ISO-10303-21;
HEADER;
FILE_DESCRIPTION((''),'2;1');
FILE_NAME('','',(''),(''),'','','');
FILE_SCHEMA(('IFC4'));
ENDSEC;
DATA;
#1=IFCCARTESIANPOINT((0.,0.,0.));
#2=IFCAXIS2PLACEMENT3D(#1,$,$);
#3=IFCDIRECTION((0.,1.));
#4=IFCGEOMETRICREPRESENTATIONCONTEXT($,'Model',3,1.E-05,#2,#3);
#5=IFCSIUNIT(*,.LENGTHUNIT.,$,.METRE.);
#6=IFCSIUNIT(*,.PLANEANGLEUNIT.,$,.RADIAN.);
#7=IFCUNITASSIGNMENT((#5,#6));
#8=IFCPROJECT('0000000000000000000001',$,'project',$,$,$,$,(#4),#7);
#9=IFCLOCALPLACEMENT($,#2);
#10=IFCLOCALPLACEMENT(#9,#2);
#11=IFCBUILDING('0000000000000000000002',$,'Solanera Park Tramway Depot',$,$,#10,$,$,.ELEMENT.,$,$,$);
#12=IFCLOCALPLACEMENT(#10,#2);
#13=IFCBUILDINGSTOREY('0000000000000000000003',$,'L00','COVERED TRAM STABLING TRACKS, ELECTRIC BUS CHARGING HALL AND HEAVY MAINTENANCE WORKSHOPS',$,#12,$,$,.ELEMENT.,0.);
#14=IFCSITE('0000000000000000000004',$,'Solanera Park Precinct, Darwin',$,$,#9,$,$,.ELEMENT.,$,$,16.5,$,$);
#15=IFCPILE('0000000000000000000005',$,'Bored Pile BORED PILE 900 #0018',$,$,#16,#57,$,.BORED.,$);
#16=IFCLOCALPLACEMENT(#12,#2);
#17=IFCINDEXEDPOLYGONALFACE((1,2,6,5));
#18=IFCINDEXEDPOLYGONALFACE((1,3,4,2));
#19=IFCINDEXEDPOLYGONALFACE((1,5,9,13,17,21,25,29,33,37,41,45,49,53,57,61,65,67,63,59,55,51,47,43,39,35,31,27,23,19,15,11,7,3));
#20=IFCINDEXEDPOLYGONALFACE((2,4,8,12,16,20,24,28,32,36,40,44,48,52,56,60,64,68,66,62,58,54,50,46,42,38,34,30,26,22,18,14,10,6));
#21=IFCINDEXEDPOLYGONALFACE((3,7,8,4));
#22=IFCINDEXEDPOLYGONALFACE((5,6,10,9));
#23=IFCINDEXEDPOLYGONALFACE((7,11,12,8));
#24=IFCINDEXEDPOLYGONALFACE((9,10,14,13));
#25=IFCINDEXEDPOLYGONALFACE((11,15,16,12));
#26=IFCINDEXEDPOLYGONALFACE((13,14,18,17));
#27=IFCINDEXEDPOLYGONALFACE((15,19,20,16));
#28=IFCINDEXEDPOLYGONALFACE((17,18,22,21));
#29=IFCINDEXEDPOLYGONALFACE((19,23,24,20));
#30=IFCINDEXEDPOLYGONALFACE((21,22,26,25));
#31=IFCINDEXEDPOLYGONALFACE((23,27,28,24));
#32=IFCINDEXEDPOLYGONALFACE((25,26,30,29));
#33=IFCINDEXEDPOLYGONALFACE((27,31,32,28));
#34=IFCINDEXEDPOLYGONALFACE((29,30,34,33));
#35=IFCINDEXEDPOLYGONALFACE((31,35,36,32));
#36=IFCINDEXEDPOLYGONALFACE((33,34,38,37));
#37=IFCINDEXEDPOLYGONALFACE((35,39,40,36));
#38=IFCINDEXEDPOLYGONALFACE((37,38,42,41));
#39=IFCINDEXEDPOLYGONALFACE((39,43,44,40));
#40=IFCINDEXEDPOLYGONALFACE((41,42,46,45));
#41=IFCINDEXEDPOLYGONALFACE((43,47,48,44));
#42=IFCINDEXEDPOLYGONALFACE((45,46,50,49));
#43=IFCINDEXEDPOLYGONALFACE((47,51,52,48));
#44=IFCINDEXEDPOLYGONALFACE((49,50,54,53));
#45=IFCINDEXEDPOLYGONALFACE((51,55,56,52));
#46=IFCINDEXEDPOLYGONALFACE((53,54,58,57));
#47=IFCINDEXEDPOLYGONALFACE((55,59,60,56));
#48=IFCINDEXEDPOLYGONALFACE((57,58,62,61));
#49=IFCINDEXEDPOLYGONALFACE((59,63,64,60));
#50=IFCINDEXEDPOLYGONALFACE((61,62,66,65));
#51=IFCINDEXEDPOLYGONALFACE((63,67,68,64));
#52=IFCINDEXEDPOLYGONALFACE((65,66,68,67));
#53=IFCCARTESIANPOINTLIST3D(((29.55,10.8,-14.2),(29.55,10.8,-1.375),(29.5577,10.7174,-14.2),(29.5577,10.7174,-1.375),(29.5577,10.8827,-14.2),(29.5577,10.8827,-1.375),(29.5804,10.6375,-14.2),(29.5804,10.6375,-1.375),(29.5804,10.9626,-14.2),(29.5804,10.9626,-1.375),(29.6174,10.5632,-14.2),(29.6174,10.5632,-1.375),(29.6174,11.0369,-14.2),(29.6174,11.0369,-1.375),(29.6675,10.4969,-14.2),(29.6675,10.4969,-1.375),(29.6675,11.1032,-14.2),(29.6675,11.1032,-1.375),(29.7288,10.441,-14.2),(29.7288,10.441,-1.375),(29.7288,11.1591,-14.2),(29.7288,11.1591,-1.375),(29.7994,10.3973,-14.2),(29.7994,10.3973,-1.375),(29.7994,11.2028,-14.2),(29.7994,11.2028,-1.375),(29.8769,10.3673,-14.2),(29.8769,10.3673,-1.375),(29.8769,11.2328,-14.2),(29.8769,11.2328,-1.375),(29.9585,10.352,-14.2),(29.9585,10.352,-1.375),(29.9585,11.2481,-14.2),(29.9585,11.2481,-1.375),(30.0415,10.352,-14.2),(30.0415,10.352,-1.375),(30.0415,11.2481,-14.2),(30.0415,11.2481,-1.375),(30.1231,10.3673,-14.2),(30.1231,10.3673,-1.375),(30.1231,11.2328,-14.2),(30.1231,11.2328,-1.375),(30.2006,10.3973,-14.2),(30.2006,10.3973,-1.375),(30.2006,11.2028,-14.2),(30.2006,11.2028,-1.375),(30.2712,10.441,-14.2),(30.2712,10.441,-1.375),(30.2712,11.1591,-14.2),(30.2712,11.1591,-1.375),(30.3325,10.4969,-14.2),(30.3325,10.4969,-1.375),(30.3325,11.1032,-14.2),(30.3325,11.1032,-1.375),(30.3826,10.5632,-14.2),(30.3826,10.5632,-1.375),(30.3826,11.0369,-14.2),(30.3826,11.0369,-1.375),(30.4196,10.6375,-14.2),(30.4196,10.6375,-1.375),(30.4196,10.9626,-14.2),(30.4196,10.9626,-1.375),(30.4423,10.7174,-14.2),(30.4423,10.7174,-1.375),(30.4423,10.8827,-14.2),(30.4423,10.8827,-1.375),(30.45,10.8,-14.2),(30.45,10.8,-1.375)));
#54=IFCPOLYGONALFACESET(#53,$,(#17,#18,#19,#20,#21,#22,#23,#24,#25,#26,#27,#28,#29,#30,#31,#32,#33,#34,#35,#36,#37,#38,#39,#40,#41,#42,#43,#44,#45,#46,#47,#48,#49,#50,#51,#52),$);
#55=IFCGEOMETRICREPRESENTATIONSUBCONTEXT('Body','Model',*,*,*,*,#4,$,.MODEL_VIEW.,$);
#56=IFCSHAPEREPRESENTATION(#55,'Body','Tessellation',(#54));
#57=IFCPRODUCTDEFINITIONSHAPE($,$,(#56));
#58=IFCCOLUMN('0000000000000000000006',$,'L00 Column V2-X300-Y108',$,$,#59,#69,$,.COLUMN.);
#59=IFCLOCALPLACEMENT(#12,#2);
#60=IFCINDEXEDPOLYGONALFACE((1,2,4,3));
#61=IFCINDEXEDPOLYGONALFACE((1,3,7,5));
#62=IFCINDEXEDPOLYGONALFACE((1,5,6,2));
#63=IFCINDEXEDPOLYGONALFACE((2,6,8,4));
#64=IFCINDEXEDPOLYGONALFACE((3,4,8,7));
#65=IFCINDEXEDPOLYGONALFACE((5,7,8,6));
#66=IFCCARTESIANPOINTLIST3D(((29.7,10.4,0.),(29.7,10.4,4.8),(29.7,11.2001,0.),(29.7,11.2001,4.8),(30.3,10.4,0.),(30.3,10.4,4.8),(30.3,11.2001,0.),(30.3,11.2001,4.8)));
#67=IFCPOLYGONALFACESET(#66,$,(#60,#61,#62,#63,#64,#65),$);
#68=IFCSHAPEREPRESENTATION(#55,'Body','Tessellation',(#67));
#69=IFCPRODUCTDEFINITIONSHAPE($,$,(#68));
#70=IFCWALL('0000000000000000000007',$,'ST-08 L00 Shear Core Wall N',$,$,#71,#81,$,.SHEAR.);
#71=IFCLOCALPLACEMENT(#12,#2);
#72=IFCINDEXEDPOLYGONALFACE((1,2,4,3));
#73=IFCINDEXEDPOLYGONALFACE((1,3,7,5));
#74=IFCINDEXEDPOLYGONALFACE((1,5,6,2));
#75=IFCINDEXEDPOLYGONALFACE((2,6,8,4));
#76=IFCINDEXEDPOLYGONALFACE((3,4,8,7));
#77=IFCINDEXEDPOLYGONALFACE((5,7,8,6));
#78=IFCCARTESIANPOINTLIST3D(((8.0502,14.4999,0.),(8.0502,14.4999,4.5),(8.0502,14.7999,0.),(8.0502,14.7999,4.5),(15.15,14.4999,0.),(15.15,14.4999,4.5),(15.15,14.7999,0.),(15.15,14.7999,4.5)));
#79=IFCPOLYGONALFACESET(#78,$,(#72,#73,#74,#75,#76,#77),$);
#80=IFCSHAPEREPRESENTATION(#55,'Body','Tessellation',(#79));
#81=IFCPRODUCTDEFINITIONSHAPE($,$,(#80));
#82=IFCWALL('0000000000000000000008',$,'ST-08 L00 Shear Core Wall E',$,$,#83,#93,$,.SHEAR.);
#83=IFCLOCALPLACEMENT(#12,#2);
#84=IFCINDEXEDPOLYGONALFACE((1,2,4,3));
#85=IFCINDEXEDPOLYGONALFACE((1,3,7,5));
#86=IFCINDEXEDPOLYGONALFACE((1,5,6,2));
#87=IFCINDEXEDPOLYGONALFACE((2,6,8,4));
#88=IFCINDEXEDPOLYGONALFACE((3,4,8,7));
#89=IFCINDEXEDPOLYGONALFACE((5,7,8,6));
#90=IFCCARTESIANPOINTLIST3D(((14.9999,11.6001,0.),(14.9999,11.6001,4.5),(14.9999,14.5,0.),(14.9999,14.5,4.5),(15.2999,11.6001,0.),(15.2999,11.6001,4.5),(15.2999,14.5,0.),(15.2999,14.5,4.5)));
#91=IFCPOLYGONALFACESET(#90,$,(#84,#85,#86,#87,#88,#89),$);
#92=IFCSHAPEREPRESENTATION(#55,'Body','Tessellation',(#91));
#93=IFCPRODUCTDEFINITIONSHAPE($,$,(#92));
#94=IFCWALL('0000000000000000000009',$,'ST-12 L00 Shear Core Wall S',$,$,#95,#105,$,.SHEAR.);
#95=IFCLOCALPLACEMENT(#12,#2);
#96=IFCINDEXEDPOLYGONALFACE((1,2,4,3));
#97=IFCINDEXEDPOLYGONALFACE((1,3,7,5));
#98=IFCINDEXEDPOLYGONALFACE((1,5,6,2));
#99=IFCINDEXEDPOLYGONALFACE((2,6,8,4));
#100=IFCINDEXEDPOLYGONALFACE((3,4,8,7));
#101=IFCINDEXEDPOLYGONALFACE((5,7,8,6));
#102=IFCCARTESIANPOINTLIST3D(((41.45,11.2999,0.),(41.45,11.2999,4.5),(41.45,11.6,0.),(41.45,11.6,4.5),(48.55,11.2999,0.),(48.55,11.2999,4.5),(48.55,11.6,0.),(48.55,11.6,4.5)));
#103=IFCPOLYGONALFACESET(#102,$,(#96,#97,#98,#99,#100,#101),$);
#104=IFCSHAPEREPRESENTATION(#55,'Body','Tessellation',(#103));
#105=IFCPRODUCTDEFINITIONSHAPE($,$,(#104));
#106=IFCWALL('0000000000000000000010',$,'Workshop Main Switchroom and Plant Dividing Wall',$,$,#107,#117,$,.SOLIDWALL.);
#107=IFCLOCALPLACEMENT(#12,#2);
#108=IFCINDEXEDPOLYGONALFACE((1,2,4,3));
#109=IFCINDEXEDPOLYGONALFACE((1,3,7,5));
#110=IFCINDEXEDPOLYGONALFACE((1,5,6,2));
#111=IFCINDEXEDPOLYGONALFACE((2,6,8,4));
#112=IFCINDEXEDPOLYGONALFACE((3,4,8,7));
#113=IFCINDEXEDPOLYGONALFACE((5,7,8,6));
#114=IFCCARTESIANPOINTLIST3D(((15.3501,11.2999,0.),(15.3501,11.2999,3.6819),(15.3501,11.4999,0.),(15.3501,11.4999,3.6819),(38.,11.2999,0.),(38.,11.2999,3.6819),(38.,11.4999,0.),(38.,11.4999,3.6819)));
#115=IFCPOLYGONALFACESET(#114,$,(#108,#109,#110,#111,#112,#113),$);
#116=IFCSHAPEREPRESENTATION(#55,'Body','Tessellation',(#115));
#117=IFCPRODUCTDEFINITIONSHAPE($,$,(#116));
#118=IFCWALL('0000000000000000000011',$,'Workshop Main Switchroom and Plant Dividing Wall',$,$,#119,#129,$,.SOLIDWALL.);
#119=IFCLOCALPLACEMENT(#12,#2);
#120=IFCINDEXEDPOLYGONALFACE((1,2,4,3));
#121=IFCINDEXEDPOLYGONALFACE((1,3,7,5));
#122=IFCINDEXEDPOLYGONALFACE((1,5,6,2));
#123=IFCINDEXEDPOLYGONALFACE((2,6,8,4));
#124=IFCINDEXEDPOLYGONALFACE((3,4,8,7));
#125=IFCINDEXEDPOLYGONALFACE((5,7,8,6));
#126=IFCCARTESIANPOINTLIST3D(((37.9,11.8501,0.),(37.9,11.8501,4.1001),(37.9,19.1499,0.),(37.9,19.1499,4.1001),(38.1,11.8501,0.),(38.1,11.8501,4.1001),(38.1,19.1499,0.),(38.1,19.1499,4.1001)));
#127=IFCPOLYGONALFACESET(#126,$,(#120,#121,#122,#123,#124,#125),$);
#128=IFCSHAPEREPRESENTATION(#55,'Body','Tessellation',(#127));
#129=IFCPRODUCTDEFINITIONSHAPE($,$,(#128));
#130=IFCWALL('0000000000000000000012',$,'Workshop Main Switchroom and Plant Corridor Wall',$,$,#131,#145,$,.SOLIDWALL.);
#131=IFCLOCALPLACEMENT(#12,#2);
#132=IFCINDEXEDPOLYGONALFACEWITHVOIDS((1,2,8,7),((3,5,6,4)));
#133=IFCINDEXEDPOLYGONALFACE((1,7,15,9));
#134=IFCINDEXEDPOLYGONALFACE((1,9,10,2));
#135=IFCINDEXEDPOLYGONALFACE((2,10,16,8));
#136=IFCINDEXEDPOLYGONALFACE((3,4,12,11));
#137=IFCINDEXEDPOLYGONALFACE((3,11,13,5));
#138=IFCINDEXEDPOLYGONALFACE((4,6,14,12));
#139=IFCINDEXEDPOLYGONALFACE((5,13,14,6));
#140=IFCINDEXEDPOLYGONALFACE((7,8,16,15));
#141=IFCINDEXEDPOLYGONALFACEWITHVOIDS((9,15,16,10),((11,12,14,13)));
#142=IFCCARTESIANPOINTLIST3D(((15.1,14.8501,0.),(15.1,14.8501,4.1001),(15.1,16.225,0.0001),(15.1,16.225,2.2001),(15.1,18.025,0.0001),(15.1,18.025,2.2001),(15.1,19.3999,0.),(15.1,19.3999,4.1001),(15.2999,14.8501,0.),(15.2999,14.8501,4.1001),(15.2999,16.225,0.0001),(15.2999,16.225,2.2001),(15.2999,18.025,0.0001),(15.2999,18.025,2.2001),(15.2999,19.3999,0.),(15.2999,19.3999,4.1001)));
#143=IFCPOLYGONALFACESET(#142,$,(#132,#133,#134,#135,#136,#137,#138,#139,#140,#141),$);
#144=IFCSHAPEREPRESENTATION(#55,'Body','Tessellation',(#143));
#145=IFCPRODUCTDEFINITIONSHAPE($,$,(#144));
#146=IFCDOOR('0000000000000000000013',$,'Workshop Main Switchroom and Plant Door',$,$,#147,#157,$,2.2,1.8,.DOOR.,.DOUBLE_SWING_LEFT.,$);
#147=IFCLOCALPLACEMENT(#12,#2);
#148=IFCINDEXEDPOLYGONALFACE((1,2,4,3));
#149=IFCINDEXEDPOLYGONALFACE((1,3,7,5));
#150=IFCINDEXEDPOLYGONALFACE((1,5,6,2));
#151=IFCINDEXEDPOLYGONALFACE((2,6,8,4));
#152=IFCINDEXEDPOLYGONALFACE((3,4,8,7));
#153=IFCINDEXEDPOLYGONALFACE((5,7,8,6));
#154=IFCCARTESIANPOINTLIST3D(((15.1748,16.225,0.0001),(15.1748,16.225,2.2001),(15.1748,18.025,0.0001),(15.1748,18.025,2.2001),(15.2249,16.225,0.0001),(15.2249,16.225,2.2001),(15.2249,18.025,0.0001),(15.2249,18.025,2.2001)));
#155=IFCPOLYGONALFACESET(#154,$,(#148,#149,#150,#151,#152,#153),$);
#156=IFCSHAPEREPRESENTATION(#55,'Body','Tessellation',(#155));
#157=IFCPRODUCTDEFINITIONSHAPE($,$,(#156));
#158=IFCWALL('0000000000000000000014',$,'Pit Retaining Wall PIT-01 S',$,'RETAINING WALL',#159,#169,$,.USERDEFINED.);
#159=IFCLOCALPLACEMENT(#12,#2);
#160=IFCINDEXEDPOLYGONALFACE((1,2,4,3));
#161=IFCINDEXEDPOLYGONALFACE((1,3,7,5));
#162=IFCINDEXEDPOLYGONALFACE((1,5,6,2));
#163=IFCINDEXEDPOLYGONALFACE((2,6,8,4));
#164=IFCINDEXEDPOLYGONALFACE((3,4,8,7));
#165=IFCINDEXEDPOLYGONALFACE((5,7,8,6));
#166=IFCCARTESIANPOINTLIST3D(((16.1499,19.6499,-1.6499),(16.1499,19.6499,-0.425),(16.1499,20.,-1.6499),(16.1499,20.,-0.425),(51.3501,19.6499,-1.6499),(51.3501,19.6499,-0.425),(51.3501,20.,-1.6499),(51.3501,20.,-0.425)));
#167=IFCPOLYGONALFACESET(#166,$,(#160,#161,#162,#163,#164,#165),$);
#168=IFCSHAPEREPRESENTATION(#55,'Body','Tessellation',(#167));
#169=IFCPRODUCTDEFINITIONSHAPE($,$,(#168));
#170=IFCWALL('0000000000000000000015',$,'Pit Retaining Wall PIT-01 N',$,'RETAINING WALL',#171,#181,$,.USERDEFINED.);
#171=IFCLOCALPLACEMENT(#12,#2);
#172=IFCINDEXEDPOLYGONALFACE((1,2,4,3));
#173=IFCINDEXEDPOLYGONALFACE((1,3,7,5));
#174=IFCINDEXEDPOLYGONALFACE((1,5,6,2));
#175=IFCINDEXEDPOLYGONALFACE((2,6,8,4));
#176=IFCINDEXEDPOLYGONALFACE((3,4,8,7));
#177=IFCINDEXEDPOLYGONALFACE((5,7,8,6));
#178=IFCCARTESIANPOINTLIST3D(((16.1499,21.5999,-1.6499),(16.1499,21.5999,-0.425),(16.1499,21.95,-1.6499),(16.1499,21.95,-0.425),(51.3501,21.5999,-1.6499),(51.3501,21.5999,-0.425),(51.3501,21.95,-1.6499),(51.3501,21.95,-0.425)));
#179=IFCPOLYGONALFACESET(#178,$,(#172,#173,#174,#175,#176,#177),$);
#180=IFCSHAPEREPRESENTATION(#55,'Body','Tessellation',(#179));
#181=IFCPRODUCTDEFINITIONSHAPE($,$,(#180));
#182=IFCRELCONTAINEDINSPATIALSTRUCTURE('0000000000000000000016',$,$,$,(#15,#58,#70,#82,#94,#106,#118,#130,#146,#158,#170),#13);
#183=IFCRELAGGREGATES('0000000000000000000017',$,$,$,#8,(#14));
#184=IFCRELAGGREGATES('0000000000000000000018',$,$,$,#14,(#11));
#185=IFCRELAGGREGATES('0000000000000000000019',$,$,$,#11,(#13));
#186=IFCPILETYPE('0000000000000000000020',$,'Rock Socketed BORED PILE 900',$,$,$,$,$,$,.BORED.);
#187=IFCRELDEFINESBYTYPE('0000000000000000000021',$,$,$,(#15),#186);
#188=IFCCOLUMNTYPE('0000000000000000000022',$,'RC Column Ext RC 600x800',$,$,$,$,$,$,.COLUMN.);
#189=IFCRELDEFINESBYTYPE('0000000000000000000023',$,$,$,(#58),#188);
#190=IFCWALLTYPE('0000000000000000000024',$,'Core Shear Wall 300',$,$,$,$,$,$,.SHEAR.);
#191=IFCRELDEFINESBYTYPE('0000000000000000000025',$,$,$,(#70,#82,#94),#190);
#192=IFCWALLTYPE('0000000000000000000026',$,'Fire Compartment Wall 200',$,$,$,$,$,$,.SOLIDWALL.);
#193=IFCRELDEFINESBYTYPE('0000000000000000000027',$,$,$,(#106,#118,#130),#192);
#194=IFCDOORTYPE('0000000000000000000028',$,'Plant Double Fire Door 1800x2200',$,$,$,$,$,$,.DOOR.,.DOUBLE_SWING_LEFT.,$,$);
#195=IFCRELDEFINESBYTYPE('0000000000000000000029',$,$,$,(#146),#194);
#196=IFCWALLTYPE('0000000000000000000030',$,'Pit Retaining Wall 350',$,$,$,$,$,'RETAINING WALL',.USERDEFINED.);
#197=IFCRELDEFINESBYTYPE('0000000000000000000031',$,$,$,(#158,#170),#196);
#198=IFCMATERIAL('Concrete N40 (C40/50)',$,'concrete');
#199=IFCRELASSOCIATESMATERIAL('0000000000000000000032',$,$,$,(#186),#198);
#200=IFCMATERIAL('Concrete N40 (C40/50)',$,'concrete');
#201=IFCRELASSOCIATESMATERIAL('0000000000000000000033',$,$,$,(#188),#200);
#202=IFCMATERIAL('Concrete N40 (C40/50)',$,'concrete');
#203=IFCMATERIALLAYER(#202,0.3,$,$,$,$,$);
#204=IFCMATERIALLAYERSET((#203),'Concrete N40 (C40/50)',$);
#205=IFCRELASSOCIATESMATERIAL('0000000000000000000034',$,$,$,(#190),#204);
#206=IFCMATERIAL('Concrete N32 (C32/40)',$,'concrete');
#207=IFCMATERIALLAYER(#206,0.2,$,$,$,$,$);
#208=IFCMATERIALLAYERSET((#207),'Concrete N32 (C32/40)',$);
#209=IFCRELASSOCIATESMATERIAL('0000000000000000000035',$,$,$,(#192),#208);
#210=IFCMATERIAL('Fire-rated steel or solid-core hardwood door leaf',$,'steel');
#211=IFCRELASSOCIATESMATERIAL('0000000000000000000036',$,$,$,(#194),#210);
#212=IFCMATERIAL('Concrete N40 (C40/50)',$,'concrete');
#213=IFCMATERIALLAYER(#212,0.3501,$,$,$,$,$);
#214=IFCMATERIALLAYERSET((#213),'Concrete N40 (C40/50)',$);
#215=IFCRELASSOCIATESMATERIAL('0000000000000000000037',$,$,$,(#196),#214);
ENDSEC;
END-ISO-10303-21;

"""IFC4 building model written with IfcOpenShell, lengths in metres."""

from ifc_helpers import new_model, si_unit, direction, frame, frame_2d, origin, origin_2d, place, context, subcontext, project, spatial, rectangle, circle, extrude, material, layer, layer_set, material_profile, profile_set, type_object, element, fill, save


model = new_model("IFC4")

# Units and contexts
model_context = context("Model", 3, precision=1e-05, world=origin(), true_north=direction((0.0, 1.0)))
body_context = subcontext(model_context, "Body", "Model", "MODEL_VIEW")
ifc_project = project(units=[si_unit("LENGTHUNIT", "METRE"), si_unit("PLANEANGLEUNIT", "RADIAN")], contexts=[model_context])

# Site, building, storey
site_placement = place(None, origin())
site = spatial("IfcSite", under=ifc_project, at=site_placement, Name="Solanera Park Precinct, Darwin", CompositionType="ELEMENT", RefElevation=16.5)
building_placement = place(site_placement, origin())
building = spatial("IfcBuilding", under=site, at=building_placement, Name="Solanera Park Tramway Depot", CompositionType="ELEMENT")
storey_placement = place(building_placement, origin())
storey = spatial("IfcBuildingStorey", under=building, at=storey_placement, Name="L00", Description="COVERED TRAM STABLING TRACKS, ELECTRIC BUS CHARGING HALL AND HEAVY MAINTENANCE WORKSHOPS", CompositionType="ELEMENT", Elevation=0.0)

# Pile
ifc_material_1 = material(Name="Concrete N40 (C40/50)", Category="concrete")
ifc_material_profile_1 = material_profile(ifc_material_1, circle(Radius=0.45, at=origin_2d()), Name="BORED PILE 900")
ifc_profile_set_1 = profile_set([ifc_material_profile_1], Name="Concrete N40 (C40/50)")
pile_type_1 = type_object("IfcPileType", Name="Rock Socketed BORED PILE 900", PredefinedType="BORED", material=ifc_profile_set_1)
pile_placement = place(storey_placement, frame((30.0, 10.8, -1.375), z_axis=(0.0, 0.0, -1.0), x_axis=(1.0, 0.0, 0.0)))
element("IfcPile", 1, at=pile_placement, inside=storey, type_object=pile_type_1, Name="Bored Pile BORED PILE 900 #0018", PredefinedType="BORED", context=body_context, shape_type="SweptSolid", body=[
    extrude(circle(Radius=0.45, at=origin_2d()), origin(), (0.0, 0.0, 1.0), 12.825),
])

# Column
ifc_material_2 = material(Name="Concrete N40 (C40/50)", Category="concrete")
ifc_material_profile_2 = material_profile(ifc_material_2, rectangle(XDim=0.6001, YDim=0.8, at=origin_2d()), Name="RC 600x800")
ifc_profile_set_2 = profile_set([ifc_material_profile_2], Name="Concrete N40 (C40/50)")
column_type = type_object("IfcColumnType", Name="RC Column Ext RC 600x800", PredefinedType="COLUMN", material=ifc_profile_set_2)
column_placement = place(storey_placement, frame((30.0, 10.8, 0.0), z_axis=(0.0, 0.0, 1.0), x_axis=(1.0, 0.0, 0.0)))
element("IfcColumn", 2, at=column_placement, inside=storey, type_object=column_type, Name="L00 Column V2-X300-Y108", PredefinedType="COLUMN", context=body_context, shape_type="SweptSolid", body=[
    extrude(rectangle(XDim=0.6001, YDim=0.8, at=origin_2d()), origin(), (0.0, 0.0, 1.0), 4.8),
])

# Walls
ifc_material_3 = material(Name="Concrete N40 (C40/50)", Category="concrete")
ifc_layer_1 = layer(ifc_material_3, 0.3)
ifc_layer_set_1 = layer_set([ifc_layer_1], Name="Concrete N40 (C40/50)")
wall_type_1 = type_object("IfcWallType", Name="Core Shear Wall 300", PredefinedType="SHEAR", material=ifc_layer_set_1)
wall_1_placement = place(storey_placement, frame((15.1499, 14.6499, 0.0), z_axis=(0.0, 0.0, 1.0), x_axis=(-1.0, 0.0, 0.0)))
element("IfcWall", 3, at=wall_1_placement, inside=storey, type_object=wall_type_1, Name="ST-08 L00 Shear Core Wall N", PredefinedType="SHEAR", context=body_context, shape_type="SweptSolid", body=[
    extrude(rectangle(XDim=7.0999, YDim=0.3, at=frame_2d((3.5498, 0.0))), origin(), (0.0, 0.0, 1.0), 4.5),
])
wall_2_placement = place(storey_placement, frame((15.1499, 11.6001, 0.0), z_axis=(0.0, 0.0, 1.0), x_axis=(0.0, 1.0, 0.0)))
element("IfcWall", 4, at=wall_2_placement, inside=storey, type_object=wall_type_1, Name="ST-08 L00 Shear Core Wall E", PredefinedType="SHEAR", context=body_context, shape_type="SweptSolid", body=[
    extrude(rectangle(XDim=2.8999, YDim=0.3, at=frame_2d((1.45, 0.0))), origin(), (0.0, 0.0, 1.0), 4.5),
])
wall_3_placement = place(storey_placement, frame((41.45, 11.45, 0.0), z_axis=(0.0, 0.0, 1.0), x_axis=(1.0, 0.0, 0.0)))
element("IfcWall", 5, at=wall_3_placement, inside=storey, type_object=wall_type_1, Name="ST-12 L00 Shear Core Wall S", PredefinedType="SHEAR", context=body_context, shape_type="SweptSolid", body=[
    extrude(rectangle(XDim=7.1001, YDim=0.3, at=frame_2d((3.55, 0.0))), origin(), (0.0, 0.0, 1.0), 4.5),
])

# Walls
ifc_material_4 = material(Name="Concrete N32 (C32/40)", Category="concrete")
ifc_layer_2 = layer(ifc_material_4, 0.2)
ifc_layer_set_2 = layer_set([ifc_layer_2], Name="Concrete N32 (C32/40)")
wall_type_2 = type_object("IfcWallType", Name="Fire Compartment Wall 200", PredefinedType="SOLIDWALL", material=ifc_layer_set_2)
wall_4_placement = place(storey_placement, frame((38.0, 11.3999, 0.0), z_axis=(0.0, 0.0, 1.0), x_axis=(-1.0, 0.0, 0.0)))
element("IfcWall", 6, at=wall_4_placement, inside=storey, type_object=wall_type_2, Name="Workshop Main Switchroom and Plant Dividing Wall", PredefinedType="SOLIDWALL", context=body_context, shape_type="SweptSolid", body=[
    extrude(rectangle(XDim=22.6499, YDim=0.2, at=frame_2d((11.325, 0.0))), origin(), (0.0, 0.0, 1.0), 3.6819),
])
wall_5_placement = place(storey_placement, frame((38.0, 11.8501, 0.0), z_axis=(0.0, 0.0, 1.0), x_axis=(0.0, 1.0, 0.0)))
element("IfcWall", 7, at=wall_5_placement, inside=storey, type_object=wall_type_2, Name="Workshop Main Switchroom and Plant Dividing Wall", PredefinedType="SOLIDWALL", context=body_context, shape_type="SweptSolid", body=[
    extrude(rectangle(XDim=7.2998, YDim=0.2, at=frame_2d((3.6499, 0.0))), origin(), (0.0, 0.0, 1.0), 4.1001),
])

# Wall, opening, door
wall_6_placement = place(storey_placement, frame((15.2, 19.3999, 0.0), z_axis=(0.0, 0.0, 1.0), x_axis=(0.0, -1.0, 0.0)))
wall_6 = element("IfcWall", 8, at=wall_6_placement, inside=storey, type_object=wall_type_2, Name="Workshop Main Switchroom and Plant Corridor Wall", PredefinedType="SOLIDWALL", context=body_context, shape_type="SweptSolid", body=[
    extrude(rectangle(XDim=4.5498, YDim=0.2, at=frame_2d((2.2749, 0.0))), origin(), (0.0, 0.0, 1.0), 4.1001),
])
opening_1_placement = place(wall_6_placement, frame((1.375, 0.0, 0.0)))
opening_1 = element("IfcOpeningElement", 9, at=opening_1_placement, cuts=wall_6, PredefinedType="OPENING", context=body_context, shape_type="SweptSolid", body=[
    extrude(rectangle(XDim=1.8, YDim=2.2, at=frame_2d((0.8999, 1.1001))), frame((0.0, 0.1099, 0.0), z_axis=(0.0, -1.0, 0.0), x_axis=(1.0, 0.0, 0.0)), (0.0, 0.0, 1.0), 0.22),
])
ifc_material_5 = material(Name="Fire-rated steel or solid-core hardwood door leaf", Category="steel")
door_type_1 = type_object("IfcDoorType", Name="Plant Double Fire Door 1800x2200", OperationType="DOUBLE_SWING_LEFT", PredefinedType="DOOR", material=ifc_material_5)
door_1_placement = place(opening_1_placement, origin())
door_1 = element("IfcDoor", 10, at=door_1_placement, inside=storey, type_object=door_type_1, Name="Workshop Main Switchroom and Plant Door", OperationType="DOUBLE_SWING_LEFT", OverallHeight=2.2, OverallWidth=1.8, PredefinedType="DOOR", context=body_context, shape_type="SweptSolid", body=[
    extrude(rectangle(XDim=1.8, YDim=2.2, at=frame_2d((0.8999, 1.1001))), frame((0.0, 0.0249, 0.0), z_axis=(0.0, -1.0, 0.0), x_axis=(1.0, 0.0, 0.0)), (0.0, 0.0, 1.0), 0.05),
])
fill(opening_1, door_1)

# Walls
ifc_material_6 = material(Name="Concrete N40 (C40/50)", Category="concrete")
ifc_layer_3 = layer(ifc_material_6, 0.3501)
ifc_layer_set_3 = layer_set([ifc_layer_3], Name="Concrete N40 (C40/50)")
wall_type_3 = type_object("IfcWallType", Name="Pit Retaining Wall 350", ElementType="RETAINING WALL", PredefinedType="USERDEFINED", material=ifc_layer_set_3)
for number, where, z_axis, x_axis, name in (
    (11, (16.1499, 19.825, -1.6499), (0.0, 0.0, 1.0), (1.0, 0.0, 0.0), "Pit Retaining Wall PIT-01 S"),
    (12, (16.1499, 21.7749, -1.6499), (0.0, 0.0, 1.0), (1.0, 0.0, 0.0), "Pit Retaining Wall PIT-01 N"),
):
    element("IfcWall", number, at=place(storey_placement, frame(where, z_axis=z_axis, x_axis=x_axis)), inside=storey, type_object=wall_type_3, Name=name, ObjectType="RETAINING WALL", PredefinedType="USERDEFINED", context=body_context, shape_type="SweptSolid", body=[
        extrude(rectangle(XDim=35.2002, YDim=0.3501, at=frame_2d((17.6001, 0.0))), origin(), (0.0, 0.0, 1.0), 1.2249),
    ])

save(model, "model.ifc")
